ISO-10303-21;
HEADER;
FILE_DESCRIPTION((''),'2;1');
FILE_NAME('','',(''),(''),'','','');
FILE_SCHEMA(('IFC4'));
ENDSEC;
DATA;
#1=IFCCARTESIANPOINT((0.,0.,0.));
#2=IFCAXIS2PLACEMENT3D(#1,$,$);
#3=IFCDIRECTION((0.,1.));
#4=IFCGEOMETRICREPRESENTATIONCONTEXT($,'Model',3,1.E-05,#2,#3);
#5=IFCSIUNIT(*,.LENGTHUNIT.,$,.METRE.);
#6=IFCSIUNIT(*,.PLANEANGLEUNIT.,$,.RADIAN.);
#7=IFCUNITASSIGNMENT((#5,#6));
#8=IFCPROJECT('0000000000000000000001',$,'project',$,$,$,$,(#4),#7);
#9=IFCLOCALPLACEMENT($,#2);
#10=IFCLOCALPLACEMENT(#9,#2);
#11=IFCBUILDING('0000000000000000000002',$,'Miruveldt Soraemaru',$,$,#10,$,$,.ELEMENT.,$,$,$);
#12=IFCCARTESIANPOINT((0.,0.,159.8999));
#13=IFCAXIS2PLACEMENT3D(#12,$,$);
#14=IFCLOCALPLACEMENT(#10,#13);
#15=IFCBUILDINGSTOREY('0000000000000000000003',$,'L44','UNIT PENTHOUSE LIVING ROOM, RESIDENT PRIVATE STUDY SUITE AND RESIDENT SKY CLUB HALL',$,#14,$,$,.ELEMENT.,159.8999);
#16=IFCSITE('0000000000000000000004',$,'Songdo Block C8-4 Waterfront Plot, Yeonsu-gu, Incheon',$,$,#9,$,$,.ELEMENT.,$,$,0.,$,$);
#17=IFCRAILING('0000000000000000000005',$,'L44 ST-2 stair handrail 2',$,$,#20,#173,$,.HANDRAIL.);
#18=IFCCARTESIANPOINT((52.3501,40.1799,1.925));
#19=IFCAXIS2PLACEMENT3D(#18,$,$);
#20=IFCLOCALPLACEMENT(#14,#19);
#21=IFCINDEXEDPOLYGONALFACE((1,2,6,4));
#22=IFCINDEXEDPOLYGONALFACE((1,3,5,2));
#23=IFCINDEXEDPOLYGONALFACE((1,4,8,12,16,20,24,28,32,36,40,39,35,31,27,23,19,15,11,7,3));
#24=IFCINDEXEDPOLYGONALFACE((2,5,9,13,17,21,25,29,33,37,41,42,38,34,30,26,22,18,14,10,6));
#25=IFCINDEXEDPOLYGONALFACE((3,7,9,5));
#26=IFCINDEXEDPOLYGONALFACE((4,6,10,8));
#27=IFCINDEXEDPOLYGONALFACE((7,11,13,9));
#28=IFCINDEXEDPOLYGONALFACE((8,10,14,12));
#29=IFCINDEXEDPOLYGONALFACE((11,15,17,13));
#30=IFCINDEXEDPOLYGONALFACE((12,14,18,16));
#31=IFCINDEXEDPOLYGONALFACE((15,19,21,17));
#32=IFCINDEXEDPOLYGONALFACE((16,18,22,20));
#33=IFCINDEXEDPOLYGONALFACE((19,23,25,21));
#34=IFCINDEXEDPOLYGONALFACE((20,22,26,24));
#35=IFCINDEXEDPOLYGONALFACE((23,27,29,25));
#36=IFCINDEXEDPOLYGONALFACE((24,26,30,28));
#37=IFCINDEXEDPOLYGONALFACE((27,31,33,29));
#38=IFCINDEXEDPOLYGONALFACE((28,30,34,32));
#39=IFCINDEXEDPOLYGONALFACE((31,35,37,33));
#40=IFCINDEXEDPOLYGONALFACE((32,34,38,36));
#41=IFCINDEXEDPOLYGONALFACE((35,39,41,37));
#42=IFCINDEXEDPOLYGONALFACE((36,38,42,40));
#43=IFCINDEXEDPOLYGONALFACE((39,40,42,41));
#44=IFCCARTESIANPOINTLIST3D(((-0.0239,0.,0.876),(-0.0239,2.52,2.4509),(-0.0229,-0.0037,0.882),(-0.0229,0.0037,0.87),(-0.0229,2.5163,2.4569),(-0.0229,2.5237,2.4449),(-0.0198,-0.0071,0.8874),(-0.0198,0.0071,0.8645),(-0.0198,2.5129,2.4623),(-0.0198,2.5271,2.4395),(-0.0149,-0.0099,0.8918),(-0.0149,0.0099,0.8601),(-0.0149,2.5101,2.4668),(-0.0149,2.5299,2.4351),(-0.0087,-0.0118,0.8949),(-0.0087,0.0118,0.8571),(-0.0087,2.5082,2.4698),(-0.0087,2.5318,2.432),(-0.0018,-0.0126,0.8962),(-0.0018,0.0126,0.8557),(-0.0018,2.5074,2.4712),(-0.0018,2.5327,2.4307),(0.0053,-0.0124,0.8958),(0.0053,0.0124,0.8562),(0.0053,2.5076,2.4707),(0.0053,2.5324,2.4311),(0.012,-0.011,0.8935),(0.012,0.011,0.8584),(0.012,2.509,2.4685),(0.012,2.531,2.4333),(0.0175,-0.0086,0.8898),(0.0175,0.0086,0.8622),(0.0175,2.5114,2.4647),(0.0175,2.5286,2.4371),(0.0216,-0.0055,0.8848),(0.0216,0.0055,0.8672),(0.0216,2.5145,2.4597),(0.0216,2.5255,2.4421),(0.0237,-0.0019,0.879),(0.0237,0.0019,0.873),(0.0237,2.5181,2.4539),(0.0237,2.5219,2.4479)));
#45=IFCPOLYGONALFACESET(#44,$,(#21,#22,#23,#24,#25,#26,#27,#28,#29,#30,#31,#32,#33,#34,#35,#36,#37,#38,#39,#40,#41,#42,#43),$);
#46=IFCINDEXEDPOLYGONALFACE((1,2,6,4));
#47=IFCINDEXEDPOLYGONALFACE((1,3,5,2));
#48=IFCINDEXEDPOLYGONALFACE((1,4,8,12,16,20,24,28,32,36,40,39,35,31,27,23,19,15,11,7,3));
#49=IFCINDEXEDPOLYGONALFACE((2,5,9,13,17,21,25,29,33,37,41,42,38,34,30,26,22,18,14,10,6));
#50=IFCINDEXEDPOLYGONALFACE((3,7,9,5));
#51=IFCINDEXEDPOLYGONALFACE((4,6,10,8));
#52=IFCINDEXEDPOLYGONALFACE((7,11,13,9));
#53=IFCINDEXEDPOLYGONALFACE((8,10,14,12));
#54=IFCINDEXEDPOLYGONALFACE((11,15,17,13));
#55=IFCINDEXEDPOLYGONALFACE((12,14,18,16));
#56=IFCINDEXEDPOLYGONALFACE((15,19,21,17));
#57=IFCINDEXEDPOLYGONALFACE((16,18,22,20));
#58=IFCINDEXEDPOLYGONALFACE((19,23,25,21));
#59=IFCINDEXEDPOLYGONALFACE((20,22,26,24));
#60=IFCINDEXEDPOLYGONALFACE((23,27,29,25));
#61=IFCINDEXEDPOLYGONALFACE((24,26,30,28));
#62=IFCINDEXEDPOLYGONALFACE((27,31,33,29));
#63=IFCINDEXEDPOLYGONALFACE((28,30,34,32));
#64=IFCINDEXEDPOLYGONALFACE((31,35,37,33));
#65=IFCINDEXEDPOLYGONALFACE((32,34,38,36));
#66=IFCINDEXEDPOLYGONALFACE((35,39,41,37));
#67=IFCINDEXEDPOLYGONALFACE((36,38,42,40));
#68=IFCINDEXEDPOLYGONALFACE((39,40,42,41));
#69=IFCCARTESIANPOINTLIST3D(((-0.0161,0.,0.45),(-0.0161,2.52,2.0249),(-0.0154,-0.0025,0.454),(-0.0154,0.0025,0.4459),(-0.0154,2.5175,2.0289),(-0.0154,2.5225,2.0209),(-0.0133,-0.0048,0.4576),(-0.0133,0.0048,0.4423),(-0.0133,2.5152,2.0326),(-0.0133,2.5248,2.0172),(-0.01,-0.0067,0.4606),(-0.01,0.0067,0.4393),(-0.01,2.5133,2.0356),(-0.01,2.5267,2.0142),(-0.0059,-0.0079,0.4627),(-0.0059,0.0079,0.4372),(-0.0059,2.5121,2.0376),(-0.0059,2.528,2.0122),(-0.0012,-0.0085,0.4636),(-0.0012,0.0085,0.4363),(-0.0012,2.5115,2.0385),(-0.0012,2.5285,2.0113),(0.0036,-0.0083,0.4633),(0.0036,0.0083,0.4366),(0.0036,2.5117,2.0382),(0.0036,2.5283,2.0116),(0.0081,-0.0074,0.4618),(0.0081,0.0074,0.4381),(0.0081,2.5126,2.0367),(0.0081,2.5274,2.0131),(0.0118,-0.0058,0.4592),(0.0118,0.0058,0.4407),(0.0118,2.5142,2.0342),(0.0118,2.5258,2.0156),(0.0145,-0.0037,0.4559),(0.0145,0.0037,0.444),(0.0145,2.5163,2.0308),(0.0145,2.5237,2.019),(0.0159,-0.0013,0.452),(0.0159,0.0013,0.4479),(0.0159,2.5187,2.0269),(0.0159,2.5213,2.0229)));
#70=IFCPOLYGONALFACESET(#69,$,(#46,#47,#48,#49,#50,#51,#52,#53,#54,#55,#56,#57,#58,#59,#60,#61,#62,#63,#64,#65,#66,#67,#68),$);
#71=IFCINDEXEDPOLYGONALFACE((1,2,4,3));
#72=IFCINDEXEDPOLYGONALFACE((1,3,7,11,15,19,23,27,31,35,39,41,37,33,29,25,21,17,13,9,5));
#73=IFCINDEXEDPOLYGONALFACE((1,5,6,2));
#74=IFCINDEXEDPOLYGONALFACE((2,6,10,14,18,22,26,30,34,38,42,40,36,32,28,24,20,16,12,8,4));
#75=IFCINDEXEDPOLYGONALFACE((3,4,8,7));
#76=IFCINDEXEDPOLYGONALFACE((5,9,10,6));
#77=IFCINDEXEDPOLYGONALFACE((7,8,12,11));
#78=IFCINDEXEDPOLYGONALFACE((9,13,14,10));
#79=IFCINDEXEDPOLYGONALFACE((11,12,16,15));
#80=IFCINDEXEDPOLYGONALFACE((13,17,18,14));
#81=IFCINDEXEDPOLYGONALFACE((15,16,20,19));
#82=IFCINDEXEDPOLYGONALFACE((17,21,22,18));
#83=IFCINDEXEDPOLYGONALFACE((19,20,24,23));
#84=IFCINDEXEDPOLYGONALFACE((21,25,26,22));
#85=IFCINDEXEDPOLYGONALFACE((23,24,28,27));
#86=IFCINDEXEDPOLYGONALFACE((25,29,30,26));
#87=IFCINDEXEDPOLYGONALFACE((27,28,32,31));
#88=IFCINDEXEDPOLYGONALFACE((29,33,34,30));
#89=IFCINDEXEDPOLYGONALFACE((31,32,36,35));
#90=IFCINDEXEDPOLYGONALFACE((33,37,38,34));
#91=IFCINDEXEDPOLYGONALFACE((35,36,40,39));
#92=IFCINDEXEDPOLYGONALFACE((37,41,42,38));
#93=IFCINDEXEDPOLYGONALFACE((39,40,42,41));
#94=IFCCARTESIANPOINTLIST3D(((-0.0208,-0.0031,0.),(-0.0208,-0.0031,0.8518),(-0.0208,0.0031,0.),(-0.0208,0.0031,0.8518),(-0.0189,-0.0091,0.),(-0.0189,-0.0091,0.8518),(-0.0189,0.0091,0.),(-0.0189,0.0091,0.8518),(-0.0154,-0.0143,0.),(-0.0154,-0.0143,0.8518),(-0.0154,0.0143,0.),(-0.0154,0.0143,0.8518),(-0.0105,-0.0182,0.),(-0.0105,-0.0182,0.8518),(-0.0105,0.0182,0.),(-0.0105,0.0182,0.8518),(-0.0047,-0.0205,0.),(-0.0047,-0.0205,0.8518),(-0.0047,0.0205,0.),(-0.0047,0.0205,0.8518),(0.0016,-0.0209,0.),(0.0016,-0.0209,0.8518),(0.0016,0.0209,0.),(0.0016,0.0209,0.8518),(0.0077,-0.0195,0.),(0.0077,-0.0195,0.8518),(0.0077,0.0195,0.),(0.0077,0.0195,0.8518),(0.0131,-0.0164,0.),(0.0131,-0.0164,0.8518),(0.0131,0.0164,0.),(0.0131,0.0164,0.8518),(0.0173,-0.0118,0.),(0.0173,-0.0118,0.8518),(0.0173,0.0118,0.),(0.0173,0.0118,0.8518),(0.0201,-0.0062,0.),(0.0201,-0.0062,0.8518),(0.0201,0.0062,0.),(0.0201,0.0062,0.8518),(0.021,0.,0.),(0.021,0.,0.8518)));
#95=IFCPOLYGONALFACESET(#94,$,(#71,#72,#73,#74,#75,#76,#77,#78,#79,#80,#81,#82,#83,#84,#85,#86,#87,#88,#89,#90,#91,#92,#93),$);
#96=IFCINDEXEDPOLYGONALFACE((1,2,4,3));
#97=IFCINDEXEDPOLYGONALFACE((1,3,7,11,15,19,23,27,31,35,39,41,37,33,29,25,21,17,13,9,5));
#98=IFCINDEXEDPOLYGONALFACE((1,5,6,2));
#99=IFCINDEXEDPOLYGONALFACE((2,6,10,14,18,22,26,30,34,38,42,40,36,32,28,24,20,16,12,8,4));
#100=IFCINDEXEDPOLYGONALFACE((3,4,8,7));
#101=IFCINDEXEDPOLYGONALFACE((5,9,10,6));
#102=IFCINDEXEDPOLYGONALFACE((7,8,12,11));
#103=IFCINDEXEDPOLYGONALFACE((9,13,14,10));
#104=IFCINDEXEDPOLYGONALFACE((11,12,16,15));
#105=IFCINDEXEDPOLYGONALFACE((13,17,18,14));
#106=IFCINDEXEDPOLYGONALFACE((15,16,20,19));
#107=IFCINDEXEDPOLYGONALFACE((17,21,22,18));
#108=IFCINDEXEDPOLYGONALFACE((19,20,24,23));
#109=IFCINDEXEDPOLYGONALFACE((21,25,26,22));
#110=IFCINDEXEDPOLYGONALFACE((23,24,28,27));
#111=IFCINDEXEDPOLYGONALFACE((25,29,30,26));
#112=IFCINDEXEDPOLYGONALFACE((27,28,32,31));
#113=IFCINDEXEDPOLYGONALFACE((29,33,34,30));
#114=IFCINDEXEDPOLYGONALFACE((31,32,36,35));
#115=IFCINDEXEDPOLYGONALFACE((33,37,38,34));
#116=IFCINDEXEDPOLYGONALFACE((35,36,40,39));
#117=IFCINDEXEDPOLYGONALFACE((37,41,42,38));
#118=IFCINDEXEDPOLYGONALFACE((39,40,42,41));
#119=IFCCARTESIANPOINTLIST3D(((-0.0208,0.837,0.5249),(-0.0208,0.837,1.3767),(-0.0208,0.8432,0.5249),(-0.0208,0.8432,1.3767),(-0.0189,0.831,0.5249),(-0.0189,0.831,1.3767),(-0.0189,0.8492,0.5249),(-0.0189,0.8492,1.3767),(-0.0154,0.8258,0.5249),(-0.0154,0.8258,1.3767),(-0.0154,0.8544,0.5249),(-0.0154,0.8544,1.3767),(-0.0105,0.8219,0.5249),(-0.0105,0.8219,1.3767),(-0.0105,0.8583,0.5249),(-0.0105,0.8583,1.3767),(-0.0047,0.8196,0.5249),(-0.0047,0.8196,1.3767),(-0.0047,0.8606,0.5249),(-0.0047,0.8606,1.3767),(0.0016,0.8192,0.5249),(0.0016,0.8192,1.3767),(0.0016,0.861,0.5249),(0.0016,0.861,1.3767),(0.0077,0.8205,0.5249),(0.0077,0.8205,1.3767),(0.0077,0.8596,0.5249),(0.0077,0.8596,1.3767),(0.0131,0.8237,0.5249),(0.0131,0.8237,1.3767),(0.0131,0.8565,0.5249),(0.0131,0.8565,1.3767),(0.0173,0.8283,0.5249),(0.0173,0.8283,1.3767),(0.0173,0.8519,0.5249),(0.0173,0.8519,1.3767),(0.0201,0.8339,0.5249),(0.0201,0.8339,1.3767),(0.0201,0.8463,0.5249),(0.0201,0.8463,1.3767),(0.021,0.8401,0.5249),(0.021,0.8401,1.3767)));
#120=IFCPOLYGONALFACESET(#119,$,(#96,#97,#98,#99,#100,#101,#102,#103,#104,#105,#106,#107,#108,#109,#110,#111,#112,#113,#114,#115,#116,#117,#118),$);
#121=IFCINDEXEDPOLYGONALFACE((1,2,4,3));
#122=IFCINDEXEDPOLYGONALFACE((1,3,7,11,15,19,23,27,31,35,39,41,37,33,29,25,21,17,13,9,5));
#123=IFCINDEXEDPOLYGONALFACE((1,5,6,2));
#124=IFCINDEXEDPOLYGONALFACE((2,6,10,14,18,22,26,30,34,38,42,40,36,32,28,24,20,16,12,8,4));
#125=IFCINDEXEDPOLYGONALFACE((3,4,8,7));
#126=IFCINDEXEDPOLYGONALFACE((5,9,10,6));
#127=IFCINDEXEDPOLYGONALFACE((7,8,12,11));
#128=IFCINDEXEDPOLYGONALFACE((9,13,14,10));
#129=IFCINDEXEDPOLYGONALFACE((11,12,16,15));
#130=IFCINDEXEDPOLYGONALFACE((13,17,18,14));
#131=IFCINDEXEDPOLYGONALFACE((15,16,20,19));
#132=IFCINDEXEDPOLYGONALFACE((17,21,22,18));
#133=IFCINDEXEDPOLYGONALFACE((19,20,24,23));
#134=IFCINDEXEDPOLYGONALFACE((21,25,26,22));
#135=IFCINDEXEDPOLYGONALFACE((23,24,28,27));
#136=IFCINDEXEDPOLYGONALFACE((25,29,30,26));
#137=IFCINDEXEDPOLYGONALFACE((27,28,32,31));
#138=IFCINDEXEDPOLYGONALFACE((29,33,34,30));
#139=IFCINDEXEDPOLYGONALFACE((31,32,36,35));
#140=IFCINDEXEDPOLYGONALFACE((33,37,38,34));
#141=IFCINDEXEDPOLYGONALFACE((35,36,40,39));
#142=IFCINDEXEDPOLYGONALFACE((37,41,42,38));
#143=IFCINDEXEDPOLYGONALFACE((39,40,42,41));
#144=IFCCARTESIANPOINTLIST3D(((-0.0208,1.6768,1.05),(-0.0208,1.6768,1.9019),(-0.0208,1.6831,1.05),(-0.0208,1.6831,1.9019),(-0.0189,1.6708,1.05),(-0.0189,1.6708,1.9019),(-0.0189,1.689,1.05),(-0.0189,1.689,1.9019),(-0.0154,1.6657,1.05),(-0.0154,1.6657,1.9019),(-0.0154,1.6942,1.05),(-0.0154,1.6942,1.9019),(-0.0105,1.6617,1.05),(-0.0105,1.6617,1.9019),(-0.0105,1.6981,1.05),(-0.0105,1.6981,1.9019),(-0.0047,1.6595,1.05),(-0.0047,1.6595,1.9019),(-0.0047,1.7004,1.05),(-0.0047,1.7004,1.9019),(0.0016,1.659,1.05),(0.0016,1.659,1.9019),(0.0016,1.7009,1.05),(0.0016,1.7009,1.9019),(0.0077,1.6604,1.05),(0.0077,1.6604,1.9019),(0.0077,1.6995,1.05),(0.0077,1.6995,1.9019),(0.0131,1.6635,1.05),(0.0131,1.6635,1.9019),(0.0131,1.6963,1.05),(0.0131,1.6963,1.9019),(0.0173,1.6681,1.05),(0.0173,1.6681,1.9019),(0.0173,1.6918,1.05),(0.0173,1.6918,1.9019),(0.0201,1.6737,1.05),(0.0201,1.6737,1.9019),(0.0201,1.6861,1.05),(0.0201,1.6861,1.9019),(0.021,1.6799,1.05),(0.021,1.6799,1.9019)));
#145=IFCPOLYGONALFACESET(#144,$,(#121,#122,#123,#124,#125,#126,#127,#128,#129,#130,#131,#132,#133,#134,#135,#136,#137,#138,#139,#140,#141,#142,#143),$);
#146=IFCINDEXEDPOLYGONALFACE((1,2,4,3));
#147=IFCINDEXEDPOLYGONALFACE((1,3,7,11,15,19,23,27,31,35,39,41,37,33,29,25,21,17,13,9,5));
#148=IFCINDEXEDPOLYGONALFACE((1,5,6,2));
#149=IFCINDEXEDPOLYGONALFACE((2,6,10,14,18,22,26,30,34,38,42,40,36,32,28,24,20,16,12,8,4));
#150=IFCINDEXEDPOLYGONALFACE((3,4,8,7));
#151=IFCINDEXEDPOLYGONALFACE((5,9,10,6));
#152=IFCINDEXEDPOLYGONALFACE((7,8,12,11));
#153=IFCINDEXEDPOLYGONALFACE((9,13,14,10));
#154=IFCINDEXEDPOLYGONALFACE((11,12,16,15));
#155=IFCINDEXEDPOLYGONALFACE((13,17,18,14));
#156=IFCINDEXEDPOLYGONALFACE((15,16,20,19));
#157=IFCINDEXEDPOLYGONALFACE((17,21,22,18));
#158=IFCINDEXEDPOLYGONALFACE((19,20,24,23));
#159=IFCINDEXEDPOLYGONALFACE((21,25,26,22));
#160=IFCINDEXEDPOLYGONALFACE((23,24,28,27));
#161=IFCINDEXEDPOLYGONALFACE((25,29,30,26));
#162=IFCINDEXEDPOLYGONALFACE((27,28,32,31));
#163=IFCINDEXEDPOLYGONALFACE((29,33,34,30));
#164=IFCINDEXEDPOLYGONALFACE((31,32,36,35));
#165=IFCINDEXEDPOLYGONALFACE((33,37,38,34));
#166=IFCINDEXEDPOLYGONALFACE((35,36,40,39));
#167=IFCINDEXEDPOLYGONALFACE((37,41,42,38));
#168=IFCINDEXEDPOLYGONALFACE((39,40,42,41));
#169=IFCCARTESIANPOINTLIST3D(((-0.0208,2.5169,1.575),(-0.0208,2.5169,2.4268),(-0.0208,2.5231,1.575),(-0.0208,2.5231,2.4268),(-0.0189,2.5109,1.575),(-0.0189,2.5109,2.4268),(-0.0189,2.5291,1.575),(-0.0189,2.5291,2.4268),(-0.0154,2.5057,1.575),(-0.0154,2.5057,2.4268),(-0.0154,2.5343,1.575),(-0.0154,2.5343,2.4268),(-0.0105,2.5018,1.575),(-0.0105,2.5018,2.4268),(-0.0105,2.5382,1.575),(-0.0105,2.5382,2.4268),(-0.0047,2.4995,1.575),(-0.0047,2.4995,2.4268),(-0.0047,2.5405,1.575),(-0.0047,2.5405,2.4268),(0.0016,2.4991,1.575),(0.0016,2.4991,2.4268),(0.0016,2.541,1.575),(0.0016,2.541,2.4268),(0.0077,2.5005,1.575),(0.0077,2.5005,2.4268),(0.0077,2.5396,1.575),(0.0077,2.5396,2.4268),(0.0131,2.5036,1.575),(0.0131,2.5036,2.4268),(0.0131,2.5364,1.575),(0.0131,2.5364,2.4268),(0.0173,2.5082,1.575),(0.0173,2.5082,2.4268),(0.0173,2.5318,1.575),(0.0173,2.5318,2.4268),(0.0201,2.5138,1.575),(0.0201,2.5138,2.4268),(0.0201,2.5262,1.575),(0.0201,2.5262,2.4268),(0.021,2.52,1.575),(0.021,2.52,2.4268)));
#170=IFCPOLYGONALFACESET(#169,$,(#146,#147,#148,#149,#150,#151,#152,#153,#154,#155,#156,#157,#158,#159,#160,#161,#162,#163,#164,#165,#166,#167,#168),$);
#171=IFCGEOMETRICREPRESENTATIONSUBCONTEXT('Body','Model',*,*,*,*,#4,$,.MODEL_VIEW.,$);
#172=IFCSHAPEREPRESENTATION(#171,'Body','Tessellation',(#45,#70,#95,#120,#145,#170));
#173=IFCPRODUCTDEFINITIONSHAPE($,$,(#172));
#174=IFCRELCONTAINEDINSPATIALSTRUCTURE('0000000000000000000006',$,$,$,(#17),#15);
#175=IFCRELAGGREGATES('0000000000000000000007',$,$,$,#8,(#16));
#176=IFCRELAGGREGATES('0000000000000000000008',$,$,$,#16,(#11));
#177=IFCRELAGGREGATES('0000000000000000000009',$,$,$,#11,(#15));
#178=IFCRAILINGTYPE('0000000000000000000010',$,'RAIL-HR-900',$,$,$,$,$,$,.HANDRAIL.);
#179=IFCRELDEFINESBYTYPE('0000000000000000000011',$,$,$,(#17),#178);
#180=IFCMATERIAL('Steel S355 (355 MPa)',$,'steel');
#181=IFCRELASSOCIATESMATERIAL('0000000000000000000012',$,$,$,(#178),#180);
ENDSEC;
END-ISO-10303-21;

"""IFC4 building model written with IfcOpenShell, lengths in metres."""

from ifc_helpers import new_model, si_unit, direction, frame, origin, origin_2d, place, context, subcontext, project, spatial, circle, extrude, material, type_object, element, save


model = new_model("IFC4")

# Units and contexts
model_context = context("Model", 3, precision=1e-05, world=origin(), true_north=direction((0.0, 1.0)))
body_context = subcontext(model_context, "Body", "Model", "MODEL_VIEW")
ifc_project = project(units=[si_unit("LENGTHUNIT", "METRE"), si_unit("PLANEANGLEUNIT", "RADIAN")], contexts=[model_context])

# Site, building, storey
site_placement = place(None, origin())
site = spatial("IfcSite", under=ifc_project, at=site_placement, Name="Songdo Block C8-4 Waterfront Plot, Yeonsu-gu, Incheon", CompositionType="ELEMENT", RefElevation=0.0)
building_placement = place(site_placement, origin())
building = spatial("IfcBuilding", under=site, at=building_placement, Name="Miruveldt Soraemaru", CompositionType="ELEMENT")
storey_placement = place(building_placement, frame((0.0, 0.0, 159.8999)))
storey = spatial("IfcBuildingStorey", under=building, at=storey_placement, Name="L44", Description="UNIT PENTHOUSE LIVING ROOM, RESIDENT PRIVATE STUDY SUITE AND RESIDENT SKY CLUB HALL", CompositionType="ELEMENT", Elevation=159.8999)

# Railing
ifc_material_1 = material(Name="Steel S355 (355 MPa)", Category="steel")
railing_type = type_object("IfcRailingType", Name="RAIL-HR-900", PredefinedType="HANDRAIL", material=ifc_material_1)
railing_placement = place(storey_placement, frame((52.3501, 40.1799, 1.925)))
element("IfcRailing", 1, at=railing_placement, inside=storey, type_object=railing_type, Name="L44 ST-2 stair handrail 2", PredefinedType="HANDRAIL", context=body_context, shape_type="SweptSolid", body=[
    extrude(circle(Radius=0.0239, at=origin_2d()), frame((0.0, 0.0, 0.876), z_axis=(0.0, 0.848008, 0.529984), x_axis=(-1.0, 0.0, 0.0)), (0.0, 0.0, 1.0), 2.9717),
    extrude(circle(Radius=0.0161, at=origin_2d()), frame((0.0, 0.0, 0.45), z_axis=(0.0, 0.848008, 0.529984), x_axis=(-1.0, 0.0, 0.0)), (0.0, 0.0, 1.0), 2.9717),
    extrude(circle(Radius=0.021, at=origin_2d()), origin(), (0.0, 0.0, 1.0), 0.8518),
    extrude(circle(Radius=0.021, at=origin_2d()), frame((0.0, 0.8401, 0.5249)), (0.0, 0.0, 1.0), 0.8518),
    extrude(circle(Radius=0.021, at=origin_2d()), frame((0.0, 1.6799, 1.05)), (0.0, 0.0, 1.0), 0.8518),
    extrude(circle(Radius=0.021, at=origin_2d()), frame((0.0, 2.52, 1.575)), (0.0, 0.0, 1.0), 0.8518),
])

save(model, "model.ifc")
